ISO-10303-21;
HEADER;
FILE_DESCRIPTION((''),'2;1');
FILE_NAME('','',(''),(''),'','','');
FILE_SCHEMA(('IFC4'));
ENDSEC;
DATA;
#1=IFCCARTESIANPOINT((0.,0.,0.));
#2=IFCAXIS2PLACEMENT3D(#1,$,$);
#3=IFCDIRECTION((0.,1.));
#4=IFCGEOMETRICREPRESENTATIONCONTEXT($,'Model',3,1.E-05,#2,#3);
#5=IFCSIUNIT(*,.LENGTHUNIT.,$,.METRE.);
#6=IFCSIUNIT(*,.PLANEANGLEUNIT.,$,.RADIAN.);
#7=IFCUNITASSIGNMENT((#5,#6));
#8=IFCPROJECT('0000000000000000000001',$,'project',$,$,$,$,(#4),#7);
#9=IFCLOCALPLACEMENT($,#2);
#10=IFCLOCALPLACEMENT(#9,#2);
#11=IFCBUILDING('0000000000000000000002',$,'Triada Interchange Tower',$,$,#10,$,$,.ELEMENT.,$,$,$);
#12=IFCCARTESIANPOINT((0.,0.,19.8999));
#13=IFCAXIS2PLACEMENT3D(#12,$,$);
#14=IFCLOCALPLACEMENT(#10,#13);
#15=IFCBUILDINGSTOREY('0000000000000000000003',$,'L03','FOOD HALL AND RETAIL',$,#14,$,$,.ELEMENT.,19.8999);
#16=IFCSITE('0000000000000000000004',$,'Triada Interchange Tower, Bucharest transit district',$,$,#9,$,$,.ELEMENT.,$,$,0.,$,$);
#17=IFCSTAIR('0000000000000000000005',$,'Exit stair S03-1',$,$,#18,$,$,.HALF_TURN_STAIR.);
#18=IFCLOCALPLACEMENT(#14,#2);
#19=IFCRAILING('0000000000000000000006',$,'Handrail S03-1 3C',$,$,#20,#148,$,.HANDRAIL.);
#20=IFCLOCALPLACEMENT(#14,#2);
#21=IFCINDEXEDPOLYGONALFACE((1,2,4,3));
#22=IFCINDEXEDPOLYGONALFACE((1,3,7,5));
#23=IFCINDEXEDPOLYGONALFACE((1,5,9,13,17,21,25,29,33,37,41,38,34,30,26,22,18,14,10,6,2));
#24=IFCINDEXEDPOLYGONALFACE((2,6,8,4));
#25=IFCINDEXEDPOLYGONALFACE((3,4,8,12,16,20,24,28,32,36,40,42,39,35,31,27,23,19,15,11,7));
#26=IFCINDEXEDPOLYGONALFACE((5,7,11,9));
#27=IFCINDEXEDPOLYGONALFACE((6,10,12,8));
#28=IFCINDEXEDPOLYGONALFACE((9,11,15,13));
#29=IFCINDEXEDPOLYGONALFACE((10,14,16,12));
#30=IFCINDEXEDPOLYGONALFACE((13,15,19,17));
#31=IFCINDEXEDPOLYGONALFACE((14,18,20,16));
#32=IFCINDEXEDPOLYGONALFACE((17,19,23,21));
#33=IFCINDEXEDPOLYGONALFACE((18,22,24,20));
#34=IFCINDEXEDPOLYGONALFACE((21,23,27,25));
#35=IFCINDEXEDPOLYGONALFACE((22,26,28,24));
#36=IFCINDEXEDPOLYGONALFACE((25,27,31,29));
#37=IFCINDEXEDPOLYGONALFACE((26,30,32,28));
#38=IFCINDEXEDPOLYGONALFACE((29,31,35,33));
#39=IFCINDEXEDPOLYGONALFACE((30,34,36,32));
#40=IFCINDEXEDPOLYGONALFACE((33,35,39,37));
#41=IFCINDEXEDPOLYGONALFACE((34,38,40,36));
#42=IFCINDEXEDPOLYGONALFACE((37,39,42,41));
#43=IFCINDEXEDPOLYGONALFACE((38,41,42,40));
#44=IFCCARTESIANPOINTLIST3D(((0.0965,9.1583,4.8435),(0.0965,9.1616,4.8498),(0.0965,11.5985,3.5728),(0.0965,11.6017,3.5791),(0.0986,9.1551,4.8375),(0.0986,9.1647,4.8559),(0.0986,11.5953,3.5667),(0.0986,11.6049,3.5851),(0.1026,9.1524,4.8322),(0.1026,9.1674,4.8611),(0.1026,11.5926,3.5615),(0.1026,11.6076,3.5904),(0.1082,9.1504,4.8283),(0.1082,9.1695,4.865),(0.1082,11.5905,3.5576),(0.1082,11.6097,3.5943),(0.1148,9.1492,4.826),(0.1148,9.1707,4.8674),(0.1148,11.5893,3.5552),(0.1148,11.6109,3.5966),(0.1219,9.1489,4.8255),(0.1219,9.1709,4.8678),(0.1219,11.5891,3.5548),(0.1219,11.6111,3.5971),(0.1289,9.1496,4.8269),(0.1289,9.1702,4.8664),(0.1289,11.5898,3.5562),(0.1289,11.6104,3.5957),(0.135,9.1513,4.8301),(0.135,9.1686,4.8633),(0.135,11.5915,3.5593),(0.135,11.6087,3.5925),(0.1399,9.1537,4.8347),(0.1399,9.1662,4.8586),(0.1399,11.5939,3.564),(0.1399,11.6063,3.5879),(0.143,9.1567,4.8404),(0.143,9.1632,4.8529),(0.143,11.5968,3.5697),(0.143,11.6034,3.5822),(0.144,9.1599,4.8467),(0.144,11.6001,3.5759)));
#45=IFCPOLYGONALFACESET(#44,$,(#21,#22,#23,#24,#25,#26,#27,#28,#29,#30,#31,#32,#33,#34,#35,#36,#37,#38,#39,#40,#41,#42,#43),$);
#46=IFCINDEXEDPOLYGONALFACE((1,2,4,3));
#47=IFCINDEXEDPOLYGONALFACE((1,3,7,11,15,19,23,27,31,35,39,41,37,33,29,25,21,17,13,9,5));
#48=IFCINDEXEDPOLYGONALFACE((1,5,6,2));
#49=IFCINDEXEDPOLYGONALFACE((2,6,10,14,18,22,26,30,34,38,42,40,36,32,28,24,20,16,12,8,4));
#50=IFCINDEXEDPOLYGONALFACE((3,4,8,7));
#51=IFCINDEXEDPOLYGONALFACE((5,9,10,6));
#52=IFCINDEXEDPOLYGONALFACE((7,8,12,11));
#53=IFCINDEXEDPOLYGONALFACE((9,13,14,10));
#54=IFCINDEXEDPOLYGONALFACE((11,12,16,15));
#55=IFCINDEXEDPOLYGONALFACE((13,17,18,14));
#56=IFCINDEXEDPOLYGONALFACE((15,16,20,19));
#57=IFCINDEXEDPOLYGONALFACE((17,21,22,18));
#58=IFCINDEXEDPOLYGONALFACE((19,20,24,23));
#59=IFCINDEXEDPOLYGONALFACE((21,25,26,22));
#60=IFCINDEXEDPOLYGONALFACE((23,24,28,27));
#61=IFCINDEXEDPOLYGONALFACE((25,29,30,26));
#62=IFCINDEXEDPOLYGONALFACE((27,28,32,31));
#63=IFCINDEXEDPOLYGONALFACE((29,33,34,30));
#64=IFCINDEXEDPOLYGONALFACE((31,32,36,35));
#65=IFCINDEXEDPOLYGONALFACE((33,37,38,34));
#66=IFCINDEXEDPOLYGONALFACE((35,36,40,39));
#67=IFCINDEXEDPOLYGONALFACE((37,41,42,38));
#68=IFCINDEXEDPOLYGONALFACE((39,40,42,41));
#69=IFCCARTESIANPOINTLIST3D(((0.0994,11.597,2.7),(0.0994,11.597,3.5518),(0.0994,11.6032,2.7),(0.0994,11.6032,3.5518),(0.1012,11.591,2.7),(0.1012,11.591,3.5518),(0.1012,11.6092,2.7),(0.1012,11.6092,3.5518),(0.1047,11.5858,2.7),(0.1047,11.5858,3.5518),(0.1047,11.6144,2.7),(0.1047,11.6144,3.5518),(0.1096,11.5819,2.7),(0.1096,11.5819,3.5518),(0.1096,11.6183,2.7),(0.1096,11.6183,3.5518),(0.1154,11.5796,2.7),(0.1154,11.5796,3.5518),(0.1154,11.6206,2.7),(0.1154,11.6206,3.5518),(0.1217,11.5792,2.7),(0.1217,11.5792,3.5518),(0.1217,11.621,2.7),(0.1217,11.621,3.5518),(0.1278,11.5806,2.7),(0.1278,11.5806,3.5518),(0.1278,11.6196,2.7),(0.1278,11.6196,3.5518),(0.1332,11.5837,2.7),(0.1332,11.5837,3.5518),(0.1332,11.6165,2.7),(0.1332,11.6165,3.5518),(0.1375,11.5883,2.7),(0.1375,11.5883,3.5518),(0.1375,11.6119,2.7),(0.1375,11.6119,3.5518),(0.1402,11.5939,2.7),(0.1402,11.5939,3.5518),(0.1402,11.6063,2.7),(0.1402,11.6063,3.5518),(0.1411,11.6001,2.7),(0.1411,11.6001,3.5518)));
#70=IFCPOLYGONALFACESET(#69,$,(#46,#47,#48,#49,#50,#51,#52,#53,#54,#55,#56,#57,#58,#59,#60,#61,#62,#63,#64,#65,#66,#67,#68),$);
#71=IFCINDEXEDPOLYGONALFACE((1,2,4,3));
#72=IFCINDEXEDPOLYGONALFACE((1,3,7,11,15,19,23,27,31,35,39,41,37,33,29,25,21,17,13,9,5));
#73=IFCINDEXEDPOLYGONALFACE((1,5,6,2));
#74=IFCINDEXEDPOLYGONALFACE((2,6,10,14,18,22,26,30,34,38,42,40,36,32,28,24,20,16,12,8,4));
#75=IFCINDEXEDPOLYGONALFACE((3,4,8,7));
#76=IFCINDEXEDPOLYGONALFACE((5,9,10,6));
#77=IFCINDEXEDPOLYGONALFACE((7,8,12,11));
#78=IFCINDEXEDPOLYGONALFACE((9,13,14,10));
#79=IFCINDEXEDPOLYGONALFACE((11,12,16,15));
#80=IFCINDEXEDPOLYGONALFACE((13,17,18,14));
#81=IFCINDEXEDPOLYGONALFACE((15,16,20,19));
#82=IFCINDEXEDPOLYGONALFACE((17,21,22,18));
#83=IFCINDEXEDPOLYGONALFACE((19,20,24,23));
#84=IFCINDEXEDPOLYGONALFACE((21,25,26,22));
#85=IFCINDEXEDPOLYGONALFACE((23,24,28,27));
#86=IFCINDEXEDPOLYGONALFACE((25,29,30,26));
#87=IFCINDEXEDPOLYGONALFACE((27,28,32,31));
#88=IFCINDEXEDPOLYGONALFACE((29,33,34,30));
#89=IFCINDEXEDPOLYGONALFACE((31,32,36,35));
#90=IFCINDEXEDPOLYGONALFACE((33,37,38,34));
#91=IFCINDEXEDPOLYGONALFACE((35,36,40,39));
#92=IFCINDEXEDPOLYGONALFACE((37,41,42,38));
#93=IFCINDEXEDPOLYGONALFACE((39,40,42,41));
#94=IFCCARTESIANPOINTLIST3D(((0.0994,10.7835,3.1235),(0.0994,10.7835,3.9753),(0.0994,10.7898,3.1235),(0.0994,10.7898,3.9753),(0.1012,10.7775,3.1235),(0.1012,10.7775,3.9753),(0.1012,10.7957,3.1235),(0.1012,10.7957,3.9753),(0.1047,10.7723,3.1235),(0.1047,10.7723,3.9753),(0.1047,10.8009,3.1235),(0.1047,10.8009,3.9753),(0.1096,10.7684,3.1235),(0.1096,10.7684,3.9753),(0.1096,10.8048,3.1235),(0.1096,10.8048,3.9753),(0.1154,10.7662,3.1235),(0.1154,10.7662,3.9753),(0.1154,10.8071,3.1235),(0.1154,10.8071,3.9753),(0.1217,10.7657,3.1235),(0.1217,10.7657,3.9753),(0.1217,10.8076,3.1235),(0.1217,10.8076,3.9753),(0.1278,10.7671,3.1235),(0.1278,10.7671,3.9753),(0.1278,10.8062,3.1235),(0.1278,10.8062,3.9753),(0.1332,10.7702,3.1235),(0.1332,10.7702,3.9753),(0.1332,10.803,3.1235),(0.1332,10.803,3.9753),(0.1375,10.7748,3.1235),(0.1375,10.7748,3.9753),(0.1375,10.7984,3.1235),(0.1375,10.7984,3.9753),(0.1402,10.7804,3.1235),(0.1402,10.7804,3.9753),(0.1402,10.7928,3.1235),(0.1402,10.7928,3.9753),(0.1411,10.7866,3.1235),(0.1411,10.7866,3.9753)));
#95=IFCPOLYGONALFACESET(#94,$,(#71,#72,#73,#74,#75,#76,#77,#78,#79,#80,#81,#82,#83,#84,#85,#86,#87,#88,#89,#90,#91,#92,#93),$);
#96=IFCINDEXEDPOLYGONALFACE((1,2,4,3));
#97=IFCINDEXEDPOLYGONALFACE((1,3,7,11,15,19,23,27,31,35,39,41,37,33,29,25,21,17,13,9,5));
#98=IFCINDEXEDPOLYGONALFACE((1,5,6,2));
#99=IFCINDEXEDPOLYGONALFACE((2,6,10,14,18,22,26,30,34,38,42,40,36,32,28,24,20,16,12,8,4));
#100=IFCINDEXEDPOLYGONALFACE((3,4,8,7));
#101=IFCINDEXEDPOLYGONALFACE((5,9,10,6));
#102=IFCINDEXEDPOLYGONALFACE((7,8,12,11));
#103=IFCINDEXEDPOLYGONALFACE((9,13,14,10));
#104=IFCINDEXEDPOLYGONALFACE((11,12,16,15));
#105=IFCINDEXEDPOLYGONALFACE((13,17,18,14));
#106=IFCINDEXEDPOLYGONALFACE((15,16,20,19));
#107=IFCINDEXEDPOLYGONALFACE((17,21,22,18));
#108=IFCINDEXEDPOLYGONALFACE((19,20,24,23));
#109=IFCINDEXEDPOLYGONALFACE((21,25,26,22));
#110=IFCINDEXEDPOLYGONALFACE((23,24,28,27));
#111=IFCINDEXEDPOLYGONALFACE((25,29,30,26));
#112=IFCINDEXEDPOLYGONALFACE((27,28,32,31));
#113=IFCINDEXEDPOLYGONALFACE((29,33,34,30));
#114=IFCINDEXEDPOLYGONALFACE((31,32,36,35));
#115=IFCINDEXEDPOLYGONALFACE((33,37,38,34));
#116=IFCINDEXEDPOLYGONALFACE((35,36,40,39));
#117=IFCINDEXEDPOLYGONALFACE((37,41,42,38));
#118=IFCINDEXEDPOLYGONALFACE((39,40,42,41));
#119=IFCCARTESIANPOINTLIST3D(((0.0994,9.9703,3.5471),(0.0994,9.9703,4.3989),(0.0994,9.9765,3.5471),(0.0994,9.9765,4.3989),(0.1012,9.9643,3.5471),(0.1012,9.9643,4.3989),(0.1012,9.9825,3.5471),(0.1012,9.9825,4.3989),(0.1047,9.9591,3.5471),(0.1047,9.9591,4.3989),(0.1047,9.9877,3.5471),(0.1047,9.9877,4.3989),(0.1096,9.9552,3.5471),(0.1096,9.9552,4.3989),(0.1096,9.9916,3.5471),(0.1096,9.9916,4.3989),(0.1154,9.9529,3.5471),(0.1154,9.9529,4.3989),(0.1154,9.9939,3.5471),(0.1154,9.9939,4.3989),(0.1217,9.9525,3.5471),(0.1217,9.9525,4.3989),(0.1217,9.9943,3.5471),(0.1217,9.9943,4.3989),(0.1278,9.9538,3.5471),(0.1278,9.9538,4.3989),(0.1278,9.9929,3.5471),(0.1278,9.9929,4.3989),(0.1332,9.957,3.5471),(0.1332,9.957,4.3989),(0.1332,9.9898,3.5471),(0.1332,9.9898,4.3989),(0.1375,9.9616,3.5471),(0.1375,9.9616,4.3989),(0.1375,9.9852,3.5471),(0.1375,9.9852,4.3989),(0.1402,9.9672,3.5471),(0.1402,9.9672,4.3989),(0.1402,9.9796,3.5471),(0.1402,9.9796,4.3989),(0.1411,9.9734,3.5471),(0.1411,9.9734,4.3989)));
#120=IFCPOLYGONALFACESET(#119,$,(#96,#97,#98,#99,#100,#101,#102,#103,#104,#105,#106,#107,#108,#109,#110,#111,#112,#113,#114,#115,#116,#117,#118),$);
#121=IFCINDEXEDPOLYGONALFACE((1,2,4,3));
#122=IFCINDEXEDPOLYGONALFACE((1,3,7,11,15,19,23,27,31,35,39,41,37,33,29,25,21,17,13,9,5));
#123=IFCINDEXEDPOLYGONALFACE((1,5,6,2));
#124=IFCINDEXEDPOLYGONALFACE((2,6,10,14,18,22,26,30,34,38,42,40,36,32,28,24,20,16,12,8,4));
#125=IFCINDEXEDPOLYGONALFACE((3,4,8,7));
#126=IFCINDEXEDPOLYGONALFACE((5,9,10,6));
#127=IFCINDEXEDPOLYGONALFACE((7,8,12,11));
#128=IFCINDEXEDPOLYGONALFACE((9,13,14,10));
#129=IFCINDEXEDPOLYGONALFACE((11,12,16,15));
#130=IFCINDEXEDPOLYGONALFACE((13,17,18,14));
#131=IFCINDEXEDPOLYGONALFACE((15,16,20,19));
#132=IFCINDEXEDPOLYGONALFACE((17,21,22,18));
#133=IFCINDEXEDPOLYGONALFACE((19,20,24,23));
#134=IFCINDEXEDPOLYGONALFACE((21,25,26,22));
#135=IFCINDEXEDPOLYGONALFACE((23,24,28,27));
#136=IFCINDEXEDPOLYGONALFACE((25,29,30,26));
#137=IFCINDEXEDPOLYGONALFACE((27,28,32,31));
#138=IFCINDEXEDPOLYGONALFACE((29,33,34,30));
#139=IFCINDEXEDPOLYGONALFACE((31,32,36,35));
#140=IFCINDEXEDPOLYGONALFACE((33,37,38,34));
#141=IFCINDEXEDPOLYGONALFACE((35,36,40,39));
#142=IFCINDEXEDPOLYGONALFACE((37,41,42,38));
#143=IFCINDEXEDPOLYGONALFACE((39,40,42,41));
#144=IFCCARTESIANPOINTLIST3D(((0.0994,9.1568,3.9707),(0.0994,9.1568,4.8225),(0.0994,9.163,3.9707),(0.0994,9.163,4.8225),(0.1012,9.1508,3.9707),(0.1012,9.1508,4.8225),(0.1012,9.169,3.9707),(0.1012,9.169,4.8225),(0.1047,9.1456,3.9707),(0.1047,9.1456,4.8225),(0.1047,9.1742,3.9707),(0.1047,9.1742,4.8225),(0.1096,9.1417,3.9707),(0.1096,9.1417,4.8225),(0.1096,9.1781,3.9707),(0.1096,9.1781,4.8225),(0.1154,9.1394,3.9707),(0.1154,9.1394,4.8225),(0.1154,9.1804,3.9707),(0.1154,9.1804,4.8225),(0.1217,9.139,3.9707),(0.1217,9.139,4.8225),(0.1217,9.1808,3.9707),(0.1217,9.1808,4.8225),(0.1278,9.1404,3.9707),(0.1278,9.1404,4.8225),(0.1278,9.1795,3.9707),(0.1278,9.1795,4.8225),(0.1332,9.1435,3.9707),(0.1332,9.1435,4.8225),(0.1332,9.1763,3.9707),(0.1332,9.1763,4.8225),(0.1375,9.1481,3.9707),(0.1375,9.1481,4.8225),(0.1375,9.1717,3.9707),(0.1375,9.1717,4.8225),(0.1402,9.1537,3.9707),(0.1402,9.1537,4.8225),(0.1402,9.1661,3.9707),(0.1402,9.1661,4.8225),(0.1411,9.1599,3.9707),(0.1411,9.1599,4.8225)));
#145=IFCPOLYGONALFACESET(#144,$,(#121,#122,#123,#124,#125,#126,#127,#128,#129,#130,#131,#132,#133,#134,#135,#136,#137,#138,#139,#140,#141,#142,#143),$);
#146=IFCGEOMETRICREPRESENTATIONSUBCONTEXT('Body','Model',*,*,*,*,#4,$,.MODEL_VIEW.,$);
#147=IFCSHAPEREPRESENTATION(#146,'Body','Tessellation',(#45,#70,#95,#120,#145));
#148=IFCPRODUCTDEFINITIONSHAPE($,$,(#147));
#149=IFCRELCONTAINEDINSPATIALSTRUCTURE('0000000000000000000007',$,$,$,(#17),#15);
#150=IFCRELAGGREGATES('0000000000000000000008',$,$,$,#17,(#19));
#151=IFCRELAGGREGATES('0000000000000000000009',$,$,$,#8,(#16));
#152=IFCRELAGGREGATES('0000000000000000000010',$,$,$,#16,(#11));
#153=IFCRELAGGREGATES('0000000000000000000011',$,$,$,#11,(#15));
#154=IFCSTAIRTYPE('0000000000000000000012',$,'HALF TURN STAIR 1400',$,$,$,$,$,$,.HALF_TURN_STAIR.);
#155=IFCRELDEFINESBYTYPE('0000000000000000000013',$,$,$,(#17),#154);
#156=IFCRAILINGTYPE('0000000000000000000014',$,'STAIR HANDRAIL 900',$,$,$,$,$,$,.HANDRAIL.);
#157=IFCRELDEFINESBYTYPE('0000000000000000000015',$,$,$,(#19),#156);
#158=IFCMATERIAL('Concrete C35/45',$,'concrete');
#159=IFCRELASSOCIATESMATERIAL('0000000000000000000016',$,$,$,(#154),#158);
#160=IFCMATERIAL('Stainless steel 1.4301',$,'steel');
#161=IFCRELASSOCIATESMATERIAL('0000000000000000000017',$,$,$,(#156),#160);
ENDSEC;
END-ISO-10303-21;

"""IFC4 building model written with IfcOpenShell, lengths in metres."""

from ifc_helpers import new_model, si_unit, direction, frame, origin, origin_2d, place, context, subcontext, project, spatial, circle, extrude, material, type_object, element, aggregate, save


model = new_model("IFC4")

# Units and contexts
model_context = context("Model", 3, precision=1e-05, world=origin(), true_north=direction((0.0, 1.0)))
body_context = subcontext(model_context, "Body", "Model", "MODEL_VIEW")
ifc_project = project(units=[si_unit("LENGTHUNIT", "METRE"), si_unit("PLANEANGLEUNIT", "RADIAN")], contexts=[model_context])

# Site, building, storey
site_placement = place(None, origin())
site = spatial("IfcSite", under=ifc_project, at=site_placement, Name="Triada Interchange Tower, Bucharest transit district", CompositionType="ELEMENT", RefElevation=0.0)
building_placement = place(site_placement, origin())
building = spatial("IfcBuilding", under=site, at=building_placement, Name="Triada Interchange Tower", CompositionType="ELEMENT")
storey_placement = place(building_placement, frame((0.0, 0.0, 19.8999)))
storey = spatial("IfcBuildingStorey", under=building, at=storey_placement, Name="L03", Description="FOOD HALL AND RETAIL", CompositionType="ELEMENT", Elevation=19.8999)

# Shared definitions
ifc_material_1 = material(Name="Concrete C35/45", Category="concrete")

# Stair, railing
stair_type = type_object("IfcStairType", Name="HALF TURN STAIR 1400", PredefinedType="HALF_TURN_STAIR", material=ifc_material_1)
stair_placement = place(storey_placement, origin())
stair = element("IfcStair", 1, at=stair_placement, inside=storey, type_object=stair_type, Name="Exit stair S03-1", PredefinedType="HALF_TURN_STAIR")
ifc_material_2 = material(Name="Stainless steel 1.4301", Category="steel")
railing_type_1 = type_object("IfcRailingType", Name="STAIR HANDRAIL 900", PredefinedType="HANDRAIL", material=ifc_material_2)
railing_1_placement = place(storey_placement, frame((0.1201, 11.6001, 2.7)))
railing_1 = element("IfcRailing", 2, at=railing_1_placement, type_object=railing_type_1, Name="Handrail S03-1 3C", PredefinedType="HANDRAIL", context=body_context, shape_type="SweptSolid", body=[
    extrude(circle(Radius=0.0239, at=origin_2d()), frame((0.0, 0.0, 0.876), z_axis=(0.0, -0.886941, 0.461884), x_axis=(1.0, 0.0, 0.0)), (0.0, 0.0, 1.0), 2.7512),
    extrude(circle(Radius=0.021, at=origin_2d()), origin(), (0.0, 0.0, 1.0), 0.8518),
    extrude(circle(Radius=0.021, at=origin_2d()), frame((0.0, -0.8135, 0.4236)), (0.0, 0.0, 1.0), 0.8518),
    extrude(circle(Radius=0.021, at=origin_2d()), frame((0.0, -1.6267, 0.8472)), (0.0, 0.0, 1.0), 0.8518),
    extrude(circle(Radius=0.021, at=origin_2d()), frame((0.0, -2.4402, 1.2708)), (0.0, 0.0, 1.0), 0.8518),
])
aggregate(stair, [railing_1])

save(model, "model.ifc")
